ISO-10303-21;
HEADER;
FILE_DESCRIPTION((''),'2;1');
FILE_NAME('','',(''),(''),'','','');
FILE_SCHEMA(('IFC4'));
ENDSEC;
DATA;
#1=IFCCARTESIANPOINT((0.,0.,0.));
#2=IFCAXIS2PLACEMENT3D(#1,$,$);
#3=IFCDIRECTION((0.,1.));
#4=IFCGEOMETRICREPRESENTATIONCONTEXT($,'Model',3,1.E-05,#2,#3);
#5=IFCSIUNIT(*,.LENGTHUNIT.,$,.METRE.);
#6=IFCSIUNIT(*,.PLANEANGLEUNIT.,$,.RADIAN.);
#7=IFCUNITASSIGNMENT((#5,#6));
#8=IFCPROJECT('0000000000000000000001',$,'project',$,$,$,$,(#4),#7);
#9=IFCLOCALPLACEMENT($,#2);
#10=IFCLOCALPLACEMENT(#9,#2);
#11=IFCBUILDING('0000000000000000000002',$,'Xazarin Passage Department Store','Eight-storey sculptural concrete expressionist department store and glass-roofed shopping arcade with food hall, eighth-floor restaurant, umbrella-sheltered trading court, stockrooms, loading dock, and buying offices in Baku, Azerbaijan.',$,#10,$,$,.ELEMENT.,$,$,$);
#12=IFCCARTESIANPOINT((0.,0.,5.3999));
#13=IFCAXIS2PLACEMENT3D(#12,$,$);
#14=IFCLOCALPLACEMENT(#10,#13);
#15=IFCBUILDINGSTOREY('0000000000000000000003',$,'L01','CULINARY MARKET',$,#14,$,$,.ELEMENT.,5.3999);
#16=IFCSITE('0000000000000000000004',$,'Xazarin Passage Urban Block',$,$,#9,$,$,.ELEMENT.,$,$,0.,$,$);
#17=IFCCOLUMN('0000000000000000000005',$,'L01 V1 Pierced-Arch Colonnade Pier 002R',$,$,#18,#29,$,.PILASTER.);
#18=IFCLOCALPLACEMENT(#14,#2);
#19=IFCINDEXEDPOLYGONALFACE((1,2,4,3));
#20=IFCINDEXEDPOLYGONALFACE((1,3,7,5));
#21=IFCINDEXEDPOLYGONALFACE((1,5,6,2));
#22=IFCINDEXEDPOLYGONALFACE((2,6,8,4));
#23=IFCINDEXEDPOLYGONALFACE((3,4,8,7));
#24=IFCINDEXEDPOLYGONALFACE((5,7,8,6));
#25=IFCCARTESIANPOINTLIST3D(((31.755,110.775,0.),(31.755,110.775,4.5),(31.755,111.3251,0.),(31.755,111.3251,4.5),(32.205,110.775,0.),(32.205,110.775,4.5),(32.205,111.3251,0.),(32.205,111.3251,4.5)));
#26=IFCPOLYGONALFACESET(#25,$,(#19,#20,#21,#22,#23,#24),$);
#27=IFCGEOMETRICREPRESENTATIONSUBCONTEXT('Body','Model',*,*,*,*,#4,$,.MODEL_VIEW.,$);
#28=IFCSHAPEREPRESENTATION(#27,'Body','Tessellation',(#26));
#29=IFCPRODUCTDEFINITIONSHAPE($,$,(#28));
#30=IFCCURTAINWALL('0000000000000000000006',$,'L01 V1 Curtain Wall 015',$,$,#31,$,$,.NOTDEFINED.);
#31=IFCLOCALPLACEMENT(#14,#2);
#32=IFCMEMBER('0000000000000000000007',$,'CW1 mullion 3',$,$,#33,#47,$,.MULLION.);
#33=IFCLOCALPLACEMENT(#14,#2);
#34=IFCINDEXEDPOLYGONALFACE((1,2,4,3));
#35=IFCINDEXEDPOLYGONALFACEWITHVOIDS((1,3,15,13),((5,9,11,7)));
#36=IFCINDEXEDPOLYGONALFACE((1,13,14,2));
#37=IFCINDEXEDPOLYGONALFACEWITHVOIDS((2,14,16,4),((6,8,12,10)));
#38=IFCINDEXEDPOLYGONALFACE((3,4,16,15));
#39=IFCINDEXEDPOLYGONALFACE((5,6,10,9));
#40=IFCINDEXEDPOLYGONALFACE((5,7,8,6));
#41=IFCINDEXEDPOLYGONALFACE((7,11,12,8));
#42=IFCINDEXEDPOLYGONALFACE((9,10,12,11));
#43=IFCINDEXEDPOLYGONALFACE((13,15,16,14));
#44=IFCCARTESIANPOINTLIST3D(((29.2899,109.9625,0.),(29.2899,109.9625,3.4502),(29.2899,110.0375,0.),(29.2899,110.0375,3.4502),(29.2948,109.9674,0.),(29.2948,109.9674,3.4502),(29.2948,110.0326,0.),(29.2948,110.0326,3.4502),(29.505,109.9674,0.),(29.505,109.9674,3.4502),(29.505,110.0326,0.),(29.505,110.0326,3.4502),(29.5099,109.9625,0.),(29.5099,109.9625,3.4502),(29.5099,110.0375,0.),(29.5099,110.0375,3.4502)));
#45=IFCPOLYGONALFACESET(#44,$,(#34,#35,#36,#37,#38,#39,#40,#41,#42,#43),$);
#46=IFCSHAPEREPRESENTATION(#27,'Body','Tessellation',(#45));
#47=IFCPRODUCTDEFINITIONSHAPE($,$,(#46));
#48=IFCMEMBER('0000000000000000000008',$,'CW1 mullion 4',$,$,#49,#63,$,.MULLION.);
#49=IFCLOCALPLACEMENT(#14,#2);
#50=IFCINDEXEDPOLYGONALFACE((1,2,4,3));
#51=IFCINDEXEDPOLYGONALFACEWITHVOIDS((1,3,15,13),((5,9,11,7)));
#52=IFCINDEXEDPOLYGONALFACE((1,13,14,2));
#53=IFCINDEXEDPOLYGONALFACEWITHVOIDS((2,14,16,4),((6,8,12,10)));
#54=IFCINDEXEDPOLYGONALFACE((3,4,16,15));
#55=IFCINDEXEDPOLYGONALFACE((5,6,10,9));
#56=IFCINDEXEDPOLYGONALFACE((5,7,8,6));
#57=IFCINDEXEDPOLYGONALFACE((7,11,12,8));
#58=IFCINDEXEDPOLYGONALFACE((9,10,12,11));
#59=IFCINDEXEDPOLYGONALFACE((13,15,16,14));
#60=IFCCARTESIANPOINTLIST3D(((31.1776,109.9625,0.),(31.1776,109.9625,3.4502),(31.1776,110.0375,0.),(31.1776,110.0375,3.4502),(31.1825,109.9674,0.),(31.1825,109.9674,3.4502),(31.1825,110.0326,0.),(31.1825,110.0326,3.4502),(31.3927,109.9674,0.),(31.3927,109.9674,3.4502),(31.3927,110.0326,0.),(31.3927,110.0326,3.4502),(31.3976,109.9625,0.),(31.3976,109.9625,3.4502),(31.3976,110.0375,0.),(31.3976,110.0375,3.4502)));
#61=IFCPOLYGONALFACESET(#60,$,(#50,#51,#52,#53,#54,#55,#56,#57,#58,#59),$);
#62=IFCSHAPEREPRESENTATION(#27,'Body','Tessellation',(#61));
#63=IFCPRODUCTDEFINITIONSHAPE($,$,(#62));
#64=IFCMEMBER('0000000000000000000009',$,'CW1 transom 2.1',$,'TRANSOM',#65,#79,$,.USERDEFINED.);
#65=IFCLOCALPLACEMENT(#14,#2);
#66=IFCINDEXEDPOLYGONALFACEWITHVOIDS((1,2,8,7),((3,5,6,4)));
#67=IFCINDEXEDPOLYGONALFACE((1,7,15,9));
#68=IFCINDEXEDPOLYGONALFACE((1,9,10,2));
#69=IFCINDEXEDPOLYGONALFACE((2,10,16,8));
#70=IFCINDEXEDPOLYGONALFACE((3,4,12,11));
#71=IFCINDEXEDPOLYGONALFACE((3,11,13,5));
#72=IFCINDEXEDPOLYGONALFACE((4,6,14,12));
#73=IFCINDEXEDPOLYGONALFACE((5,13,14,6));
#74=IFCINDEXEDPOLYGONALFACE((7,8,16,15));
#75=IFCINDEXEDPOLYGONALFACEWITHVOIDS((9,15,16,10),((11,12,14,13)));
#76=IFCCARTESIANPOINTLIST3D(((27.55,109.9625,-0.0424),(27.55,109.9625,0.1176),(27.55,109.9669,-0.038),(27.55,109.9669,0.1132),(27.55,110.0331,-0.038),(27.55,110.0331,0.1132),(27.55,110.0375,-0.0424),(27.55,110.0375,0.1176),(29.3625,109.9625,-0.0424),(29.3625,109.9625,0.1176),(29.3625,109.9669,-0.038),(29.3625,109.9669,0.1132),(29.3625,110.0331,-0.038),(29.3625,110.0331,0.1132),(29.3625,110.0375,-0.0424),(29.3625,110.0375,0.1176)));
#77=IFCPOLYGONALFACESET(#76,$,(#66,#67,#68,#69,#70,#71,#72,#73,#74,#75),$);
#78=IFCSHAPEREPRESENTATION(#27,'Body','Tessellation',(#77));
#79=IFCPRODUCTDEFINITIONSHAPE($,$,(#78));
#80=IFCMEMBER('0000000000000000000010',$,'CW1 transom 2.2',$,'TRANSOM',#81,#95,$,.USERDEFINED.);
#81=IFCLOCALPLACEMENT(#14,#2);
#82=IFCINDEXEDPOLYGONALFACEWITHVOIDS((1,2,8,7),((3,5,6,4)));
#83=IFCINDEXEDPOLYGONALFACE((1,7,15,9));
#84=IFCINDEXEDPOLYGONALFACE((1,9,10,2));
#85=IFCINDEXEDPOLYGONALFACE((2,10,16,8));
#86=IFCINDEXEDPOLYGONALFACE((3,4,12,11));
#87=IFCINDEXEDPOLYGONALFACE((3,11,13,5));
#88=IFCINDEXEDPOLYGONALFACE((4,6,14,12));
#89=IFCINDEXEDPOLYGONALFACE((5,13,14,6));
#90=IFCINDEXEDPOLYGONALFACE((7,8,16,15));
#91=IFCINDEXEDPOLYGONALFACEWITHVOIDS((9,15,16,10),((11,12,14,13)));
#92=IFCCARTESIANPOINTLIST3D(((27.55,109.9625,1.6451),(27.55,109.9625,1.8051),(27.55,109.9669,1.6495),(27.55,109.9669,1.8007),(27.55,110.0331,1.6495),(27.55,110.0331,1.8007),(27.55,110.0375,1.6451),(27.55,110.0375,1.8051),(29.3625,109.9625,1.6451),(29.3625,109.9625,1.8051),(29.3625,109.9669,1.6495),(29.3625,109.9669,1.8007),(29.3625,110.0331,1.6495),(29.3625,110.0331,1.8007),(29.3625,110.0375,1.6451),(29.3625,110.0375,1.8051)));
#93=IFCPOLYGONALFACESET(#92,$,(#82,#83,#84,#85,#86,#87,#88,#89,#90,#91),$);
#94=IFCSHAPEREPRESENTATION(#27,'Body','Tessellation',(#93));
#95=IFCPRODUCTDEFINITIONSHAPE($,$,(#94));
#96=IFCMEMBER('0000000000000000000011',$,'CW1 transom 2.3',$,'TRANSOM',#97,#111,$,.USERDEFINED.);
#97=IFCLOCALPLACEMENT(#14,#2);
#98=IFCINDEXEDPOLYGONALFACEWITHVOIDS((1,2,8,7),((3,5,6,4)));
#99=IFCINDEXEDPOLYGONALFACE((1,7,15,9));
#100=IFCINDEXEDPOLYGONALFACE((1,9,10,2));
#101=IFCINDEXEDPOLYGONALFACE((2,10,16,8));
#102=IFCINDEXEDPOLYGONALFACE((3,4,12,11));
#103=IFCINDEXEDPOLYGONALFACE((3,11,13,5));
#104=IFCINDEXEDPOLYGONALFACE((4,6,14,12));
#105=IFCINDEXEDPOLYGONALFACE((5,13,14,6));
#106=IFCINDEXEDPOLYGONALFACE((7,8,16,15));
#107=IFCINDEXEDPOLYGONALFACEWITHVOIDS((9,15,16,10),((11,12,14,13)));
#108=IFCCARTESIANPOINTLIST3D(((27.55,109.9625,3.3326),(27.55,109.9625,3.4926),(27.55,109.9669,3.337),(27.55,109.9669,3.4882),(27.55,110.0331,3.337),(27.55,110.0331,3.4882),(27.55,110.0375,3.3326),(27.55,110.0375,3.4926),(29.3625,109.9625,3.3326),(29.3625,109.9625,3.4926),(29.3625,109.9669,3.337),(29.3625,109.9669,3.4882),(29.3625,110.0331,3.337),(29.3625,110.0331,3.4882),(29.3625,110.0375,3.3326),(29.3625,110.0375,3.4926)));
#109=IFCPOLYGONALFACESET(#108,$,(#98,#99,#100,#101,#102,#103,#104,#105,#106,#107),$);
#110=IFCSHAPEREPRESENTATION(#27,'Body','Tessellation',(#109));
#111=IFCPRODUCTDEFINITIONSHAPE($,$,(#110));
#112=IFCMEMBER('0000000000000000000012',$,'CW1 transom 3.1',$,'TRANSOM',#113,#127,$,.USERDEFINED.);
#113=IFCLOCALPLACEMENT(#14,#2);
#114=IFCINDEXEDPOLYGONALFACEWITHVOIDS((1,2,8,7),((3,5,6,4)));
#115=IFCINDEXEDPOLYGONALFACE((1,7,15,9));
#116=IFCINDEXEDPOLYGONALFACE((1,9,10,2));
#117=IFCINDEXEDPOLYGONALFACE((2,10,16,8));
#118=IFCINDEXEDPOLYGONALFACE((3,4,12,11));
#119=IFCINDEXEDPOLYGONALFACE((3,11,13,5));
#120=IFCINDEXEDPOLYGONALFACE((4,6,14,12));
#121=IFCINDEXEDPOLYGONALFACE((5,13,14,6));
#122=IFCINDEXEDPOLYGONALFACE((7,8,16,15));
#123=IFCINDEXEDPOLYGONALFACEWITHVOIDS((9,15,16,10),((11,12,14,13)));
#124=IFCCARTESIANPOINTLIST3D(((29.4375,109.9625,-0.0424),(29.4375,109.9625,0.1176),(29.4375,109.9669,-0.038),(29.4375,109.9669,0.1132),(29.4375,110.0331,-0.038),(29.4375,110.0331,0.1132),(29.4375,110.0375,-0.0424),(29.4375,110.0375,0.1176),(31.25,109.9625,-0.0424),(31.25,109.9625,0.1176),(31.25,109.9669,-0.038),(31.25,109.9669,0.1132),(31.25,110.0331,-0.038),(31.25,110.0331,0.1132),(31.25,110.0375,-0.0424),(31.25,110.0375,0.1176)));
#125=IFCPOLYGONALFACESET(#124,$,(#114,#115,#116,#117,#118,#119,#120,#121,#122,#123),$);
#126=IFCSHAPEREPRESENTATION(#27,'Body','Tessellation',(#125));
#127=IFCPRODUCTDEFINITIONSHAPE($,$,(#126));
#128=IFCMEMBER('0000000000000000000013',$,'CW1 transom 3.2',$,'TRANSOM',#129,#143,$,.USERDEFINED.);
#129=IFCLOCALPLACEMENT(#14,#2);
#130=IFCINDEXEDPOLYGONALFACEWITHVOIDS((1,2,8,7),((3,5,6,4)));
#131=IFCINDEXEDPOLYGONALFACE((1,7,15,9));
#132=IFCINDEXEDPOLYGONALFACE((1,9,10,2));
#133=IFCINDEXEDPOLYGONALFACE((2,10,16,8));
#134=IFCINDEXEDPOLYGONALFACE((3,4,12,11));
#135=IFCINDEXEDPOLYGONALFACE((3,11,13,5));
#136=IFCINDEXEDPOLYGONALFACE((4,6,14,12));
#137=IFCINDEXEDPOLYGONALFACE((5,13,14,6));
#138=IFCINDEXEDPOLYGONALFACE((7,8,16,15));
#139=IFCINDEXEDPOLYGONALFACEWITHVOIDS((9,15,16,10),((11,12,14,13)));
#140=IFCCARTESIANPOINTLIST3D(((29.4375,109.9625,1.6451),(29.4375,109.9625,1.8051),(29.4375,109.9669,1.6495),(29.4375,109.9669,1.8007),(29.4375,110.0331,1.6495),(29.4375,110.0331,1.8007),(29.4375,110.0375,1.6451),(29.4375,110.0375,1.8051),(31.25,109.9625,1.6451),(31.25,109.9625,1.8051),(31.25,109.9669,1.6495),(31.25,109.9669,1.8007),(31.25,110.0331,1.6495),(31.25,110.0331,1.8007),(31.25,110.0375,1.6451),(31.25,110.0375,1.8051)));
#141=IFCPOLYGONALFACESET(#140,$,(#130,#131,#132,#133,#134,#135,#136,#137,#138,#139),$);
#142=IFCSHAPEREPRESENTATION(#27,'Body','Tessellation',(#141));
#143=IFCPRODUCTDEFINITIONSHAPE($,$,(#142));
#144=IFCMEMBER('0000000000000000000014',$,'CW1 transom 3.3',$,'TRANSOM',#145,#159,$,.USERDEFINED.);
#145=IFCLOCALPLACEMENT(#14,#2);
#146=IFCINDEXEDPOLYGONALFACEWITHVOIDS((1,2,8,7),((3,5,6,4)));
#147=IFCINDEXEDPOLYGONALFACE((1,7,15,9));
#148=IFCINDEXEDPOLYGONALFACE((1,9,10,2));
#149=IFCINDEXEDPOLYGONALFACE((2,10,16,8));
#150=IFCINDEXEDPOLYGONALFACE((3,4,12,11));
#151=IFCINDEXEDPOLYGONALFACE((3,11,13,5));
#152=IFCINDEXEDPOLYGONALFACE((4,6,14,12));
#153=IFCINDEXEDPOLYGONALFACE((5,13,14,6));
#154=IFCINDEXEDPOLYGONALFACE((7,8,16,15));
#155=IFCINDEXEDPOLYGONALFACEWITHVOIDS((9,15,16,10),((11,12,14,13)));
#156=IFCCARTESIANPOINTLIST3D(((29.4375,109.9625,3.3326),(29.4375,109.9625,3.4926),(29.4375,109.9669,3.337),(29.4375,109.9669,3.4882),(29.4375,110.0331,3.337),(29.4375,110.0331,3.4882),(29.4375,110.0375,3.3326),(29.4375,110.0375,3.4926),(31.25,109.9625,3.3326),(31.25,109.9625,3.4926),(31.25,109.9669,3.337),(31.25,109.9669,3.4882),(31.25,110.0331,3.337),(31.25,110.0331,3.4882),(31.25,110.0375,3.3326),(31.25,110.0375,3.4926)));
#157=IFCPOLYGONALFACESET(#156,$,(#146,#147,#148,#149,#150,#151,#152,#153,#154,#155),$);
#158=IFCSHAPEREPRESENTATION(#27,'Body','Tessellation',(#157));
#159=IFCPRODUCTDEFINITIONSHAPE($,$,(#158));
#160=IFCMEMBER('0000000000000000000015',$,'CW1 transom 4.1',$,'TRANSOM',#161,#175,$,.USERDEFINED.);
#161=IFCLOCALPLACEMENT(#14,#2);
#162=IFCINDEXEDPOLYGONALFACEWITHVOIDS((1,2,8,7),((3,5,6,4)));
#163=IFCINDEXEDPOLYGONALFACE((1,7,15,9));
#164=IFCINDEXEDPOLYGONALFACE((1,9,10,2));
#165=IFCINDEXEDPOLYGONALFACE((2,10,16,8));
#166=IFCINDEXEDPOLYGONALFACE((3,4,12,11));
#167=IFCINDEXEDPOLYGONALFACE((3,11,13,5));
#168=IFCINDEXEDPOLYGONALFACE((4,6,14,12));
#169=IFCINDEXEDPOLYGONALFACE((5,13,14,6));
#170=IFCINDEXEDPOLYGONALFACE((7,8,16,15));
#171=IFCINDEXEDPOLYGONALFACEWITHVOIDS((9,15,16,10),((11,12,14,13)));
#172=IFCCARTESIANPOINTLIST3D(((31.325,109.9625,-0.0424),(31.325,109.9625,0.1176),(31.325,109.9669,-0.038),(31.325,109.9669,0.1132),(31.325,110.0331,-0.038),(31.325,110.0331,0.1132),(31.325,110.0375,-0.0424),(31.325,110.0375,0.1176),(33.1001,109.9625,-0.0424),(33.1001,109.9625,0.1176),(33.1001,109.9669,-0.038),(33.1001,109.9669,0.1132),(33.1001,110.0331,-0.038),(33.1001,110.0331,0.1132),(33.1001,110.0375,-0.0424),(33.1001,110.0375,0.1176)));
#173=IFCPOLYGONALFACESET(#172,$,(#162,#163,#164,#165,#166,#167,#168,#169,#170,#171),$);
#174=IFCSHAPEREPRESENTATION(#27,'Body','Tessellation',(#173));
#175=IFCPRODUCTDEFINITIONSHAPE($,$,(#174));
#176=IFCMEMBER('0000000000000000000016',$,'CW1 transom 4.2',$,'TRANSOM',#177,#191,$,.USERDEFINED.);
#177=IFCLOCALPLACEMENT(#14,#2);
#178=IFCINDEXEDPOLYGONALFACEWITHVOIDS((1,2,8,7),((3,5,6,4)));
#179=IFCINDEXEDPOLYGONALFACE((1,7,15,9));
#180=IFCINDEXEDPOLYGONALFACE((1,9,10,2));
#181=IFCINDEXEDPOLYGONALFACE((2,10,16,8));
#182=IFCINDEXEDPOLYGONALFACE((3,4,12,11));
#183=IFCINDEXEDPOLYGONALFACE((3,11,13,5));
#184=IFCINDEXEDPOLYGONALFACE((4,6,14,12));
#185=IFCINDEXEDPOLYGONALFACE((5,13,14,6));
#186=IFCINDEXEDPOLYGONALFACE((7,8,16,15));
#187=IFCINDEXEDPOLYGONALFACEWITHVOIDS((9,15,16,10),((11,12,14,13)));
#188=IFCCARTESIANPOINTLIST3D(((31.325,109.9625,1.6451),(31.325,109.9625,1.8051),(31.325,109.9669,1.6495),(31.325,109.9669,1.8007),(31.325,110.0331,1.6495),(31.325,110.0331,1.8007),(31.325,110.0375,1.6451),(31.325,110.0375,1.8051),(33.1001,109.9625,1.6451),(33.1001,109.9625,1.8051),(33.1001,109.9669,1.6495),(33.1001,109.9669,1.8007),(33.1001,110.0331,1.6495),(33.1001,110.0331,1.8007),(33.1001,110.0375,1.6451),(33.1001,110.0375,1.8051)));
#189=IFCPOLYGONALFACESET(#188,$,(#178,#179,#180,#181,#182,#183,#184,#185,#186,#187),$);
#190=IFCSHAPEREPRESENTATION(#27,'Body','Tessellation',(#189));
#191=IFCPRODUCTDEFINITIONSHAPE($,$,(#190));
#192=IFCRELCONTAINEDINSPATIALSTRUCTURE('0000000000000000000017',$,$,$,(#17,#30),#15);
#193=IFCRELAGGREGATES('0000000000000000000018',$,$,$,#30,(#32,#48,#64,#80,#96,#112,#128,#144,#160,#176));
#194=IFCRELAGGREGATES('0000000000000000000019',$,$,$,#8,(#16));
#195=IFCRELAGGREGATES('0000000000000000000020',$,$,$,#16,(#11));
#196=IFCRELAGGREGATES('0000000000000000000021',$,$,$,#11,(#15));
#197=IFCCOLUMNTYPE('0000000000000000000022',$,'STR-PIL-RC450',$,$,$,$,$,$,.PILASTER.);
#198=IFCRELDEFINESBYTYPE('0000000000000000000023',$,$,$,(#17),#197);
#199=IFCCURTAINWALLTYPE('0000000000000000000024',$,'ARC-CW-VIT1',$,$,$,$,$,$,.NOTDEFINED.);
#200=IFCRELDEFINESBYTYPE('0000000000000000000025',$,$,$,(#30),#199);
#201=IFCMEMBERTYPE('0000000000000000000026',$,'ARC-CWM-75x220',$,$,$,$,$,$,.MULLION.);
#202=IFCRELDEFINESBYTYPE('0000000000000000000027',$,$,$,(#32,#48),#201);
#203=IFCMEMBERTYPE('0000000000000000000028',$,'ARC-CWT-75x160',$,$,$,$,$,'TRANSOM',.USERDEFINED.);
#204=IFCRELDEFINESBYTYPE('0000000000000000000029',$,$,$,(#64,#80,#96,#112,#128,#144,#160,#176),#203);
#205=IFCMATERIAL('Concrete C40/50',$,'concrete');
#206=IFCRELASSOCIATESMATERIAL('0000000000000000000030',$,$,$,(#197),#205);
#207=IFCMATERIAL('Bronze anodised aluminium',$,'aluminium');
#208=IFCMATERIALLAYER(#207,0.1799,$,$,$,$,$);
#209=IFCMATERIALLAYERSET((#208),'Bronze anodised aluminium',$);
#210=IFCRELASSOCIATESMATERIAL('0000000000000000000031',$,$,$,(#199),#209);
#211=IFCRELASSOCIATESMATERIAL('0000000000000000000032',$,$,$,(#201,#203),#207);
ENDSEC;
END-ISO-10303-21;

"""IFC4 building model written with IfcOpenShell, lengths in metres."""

from ifc_helpers import new_model, si_unit, direction, frame, origin, origin_2d, place, context, subcontext, project, spatial, rectangle, hollow_rectangle, extrude, material, layer, layer_set, material_profile, profile_set, type_object, element, aggregate, save


model = new_model("IFC4")

# Units and contexts
model_context = context("Model", 3, precision=1e-05, world=origin(), true_north=direction((0.0, 1.0)))
body_context = subcontext(model_context, "Body", "Model", "MODEL_VIEW")
ifc_project = project(units=[si_unit("LENGTHUNIT", "METRE"), si_unit("PLANEANGLEUNIT", "RADIAN")], contexts=[model_context])

# Site, building, storey
site_placement = place(None, origin())
site = spatial("IfcSite", under=ifc_project, at=site_placement, Name="Xazarin Passage Urban Block", CompositionType="ELEMENT", RefElevation=0.0)
building_placement = place(site_placement, origin())
building = spatial("IfcBuilding", under=site, at=building_placement, Name="Xazarin Passage Department Store", Description="Eight-storey sculptural concrete expressionist department store and glass-roofed shopping arcade with food hall, eighth-floor restaurant, umbrella-sheltered trading court, stockrooms, loading dock, and buying offices in Baku, Azerbaijan.", CompositionType="ELEMENT")
storey_placement = place(building_placement, frame((0.0, 0.0, 5.3999)))
storey = spatial("IfcBuildingStorey", under=building, at=storey_placement, Name="L01", Description="CULINARY MARKET", CompositionType="ELEMENT", Elevation=5.3999)

# Column
ifc_material_1 = material(Name="Concrete C40/50", Category="concrete")
ifc_material_profile_1 = material_profile(ifc_material_1, rectangle(XDim=0.45, YDim=0.55, at=origin_2d()), Name="RC 450x550")
ifc_profile_set_1 = profile_set([ifc_material_profile_1], Name="Concrete C40/50")
column_type = type_object("IfcColumnType", Name="STR-PIL-RC450", PredefinedType="PILASTER", material=ifc_profile_set_1)
column_placement = place(storey_placement, frame((31.98, 111.05, 0.0), z_axis=(0.0, 0.0, 1.0), x_axis=(1.0, 0.0, 0.0)))
element("IfcColumn", 1, at=column_placement, inside=storey, type_object=column_type, Name="L01 V1 Pierced-Arch Colonnade Pier 002R", PredefinedType="PILASTER", context=body_context, shape_type="SweptSolid", body=[
    extrude(rectangle(XDim=0.45, YDim=0.55, at=origin_2d()), origin(), (0.0, 0.0, 1.0), 4.5),
])

# Curtain wall, members
ifc_material_2 = material(Name="Bronze anodised aluminium", Category="aluminium")
ifc_layer_1 = layer(ifc_material_2, 0.1799)
ifc_layer_set_1 = layer_set([ifc_layer_1], Name="Bronze anodised aluminium")
curtain_wall_type = type_object("IfcCurtainWallType", Name="ARC-CW-VIT1", PredefinedType="NOTDEFINED", material=ifc_layer_set_1)
curtain_wall_placement = place(storey_placement, origin())
curtain_wall = element("IfcCurtainWall", 2, at=curtain_wall_placement, inside=storey, type_object=curtain_wall_type, Name="L01 V1 Curtain Wall 015", PredefinedType="NOTDEFINED")
ifc_material_profile_2 = material_profile(ifc_material_2, hollow_rectangle(XDim=0.075, YDim=0.22, WallThickness=0.0049, at=origin_2d()), Name="ALU 75x220")
ifc_profile_set_2 = profile_set([ifc_material_profile_2], Name="Bronze anodised aluminium")
member_type_1 = type_object("IfcMemberType", Name="ARC-CWM-75x220", PredefinedType="MULLION", material=ifc_profile_set_2)
member_1_placement = place(storey_placement, frame((29.3999, 110.0, 0.0), z_axis=(0.0, 0.0, 1.0), x_axis=(0.0, 1.0, 0.0)))
member_1 = element("IfcMember", 3, at=member_1_placement, type_object=member_type_1, Name="CW1 mullion 3", PredefinedType="MULLION", context=body_context, shape_type="SweptSolid", body=[
    extrude(hollow_rectangle(XDim=0.075, YDim=0.22, WallThickness=0.0049, at=origin_2d()), origin(), (0.0, 0.0, 1.0), 3.4502),
])
member_2_placement = place(storey_placement, frame((31.2876, 110.0, 0.0), z_axis=(0.0, 0.0, 1.0), x_axis=(0.0, 1.0, 0.0)))
member_2 = element("IfcMember", 4, at=member_2_placement, type_object=member_type_1, Name="CW1 mullion 4", PredefinedType="MULLION", context=body_context, shape_type="SweptSolid", body=[
    extrude(hollow_rectangle(XDim=0.075, YDim=0.22, WallThickness=0.0049, at=origin_2d()), origin(), (0.0, 0.0, 1.0), 3.4502),
])
ifc_material_profile_3 = material_profile(ifc_material_2, hollow_rectangle(XDim=0.075, YDim=0.1599, WallThickness=0.0044, at=origin_2d()), Name="ALU 75x160")
ifc_profile_set_3 = profile_set([ifc_material_profile_3], Name="Bronze anodised aluminium")
member_type_2 = type_object("IfcMemberType", Name="ARC-CWT-75x160", ElementType="TRANSOM", PredefinedType="USERDEFINED", material=ifc_profile_set_3)
member_3_placement = place(storey_placement, frame((27.55, 110.0, 0.0376), z_axis=(1.0, 0.0, 0.0), x_axis=(0.0, 1.0, 0.0)))
member_3 = element("IfcMember", 5, at=member_3_placement, type_object=member_type_2, Name="CW1 transom 2.1", ObjectType="TRANSOM", PredefinedType="USERDEFINED", context=body_context, shape_type="SweptSolid", body=[
    extrude(hollow_rectangle(XDim=0.075, YDim=0.1599, WallThickness=0.0044, at=origin_2d()), origin(), (0.0, 0.0, 1.0), 1.8125),
])
member_4_placement = place(storey_placement, frame((27.55, 110.0, 1.7251), z_axis=(1.0, 0.0, 0.0), x_axis=(0.0, 1.0, 0.0)))
member_4 = element("IfcMember", 6, at=member_4_placement, type_object=member_type_2, Name="CW1 transom 2.2", ObjectType="TRANSOM", PredefinedType="USERDEFINED", context=body_context, shape_type="SweptSolid", body=[
    extrude(hollow_rectangle(XDim=0.075, YDim=0.1599, WallThickness=0.0044, at=origin_2d()), origin(), (0.0, 0.0, 1.0), 1.8125),
])
member_5_placement = place(storey_placement, frame((27.55, 110.0, 3.4126), z_axis=(1.0, 0.0, 0.0), x_axis=(0.0, 1.0, 0.0)))
member_5 = element("IfcMember", 7, at=member_5_placement, type_object=member_type_2, Name="CW1 transom 2.3", ObjectType="TRANSOM", PredefinedType="USERDEFINED", context=body_context, shape_type="SweptSolid", body=[
    extrude(hollow_rectangle(XDim=0.075, YDim=0.1599, WallThickness=0.0044, at=origin_2d()), origin(), (0.0, 0.0, 1.0), 1.8125),
])
member_6_placement = place(storey_placement, frame((29.4375, 110.0, 0.0376), z_axis=(1.0, 0.0, 0.0), x_axis=(0.0, 1.0, 0.0)))
member_6 = element("IfcMember", 8, at=member_6_placement, type_object=member_type_2, Name="CW1 transom 3.1", ObjectType="TRANSOM", PredefinedType="USERDEFINED", context=body_context, shape_type="SweptSolid", body=[
    extrude(hollow_rectangle(XDim=0.075, YDim=0.1599, WallThickness=0.0044, at=origin_2d()), origin(), (0.0, 0.0, 1.0), 1.8125),
])
member_7_placement = place(storey_placement, frame((29.4375, 110.0, 1.7251), z_axis=(1.0, 0.0, 0.0), x_axis=(0.0, 1.0, 0.0)))
member_7 = element("IfcMember", 9, at=member_7_placement, type_object=member_type_2, Name="CW1 transom 3.2", ObjectType="TRANSOM", PredefinedType="USERDEFINED", context=body_context, shape_type="SweptSolid", body=[
    extrude(hollow_rectangle(XDim=0.075, YDim=0.1599, WallThickness=0.0044, at=origin_2d()), origin(), (0.0, 0.0, 1.0), 1.8125),
])
member_8_placement = place(storey_placement, frame((29.4375, 110.0, 3.4126), z_axis=(1.0, 0.0, 0.0), x_axis=(0.0, 1.0, 0.0)))
member_8 = element("IfcMember", 10, at=member_8_placement, type_object=member_type_2, Name="CW1 transom 3.3", ObjectType="TRANSOM", PredefinedType="USERDEFINED", context=body_context, shape_type="SweptSolid", body=[
    extrude(hollow_rectangle(XDim=0.075, YDim=0.1599, WallThickness=0.0044, at=origin_2d()), origin(), (0.0, 0.0, 1.0), 1.8125),
])
member_9_placement = place(storey_placement, frame((31.325, 110.0, 0.0376), z_axis=(1.0, 0.0, 0.0), x_axis=(0.0, 1.0, 0.0)))
member_9 = element("IfcMember", 11, at=member_9_placement, type_object=member_type_2, Name="CW1 transom 4.1", ObjectType="TRANSOM", PredefinedType="USERDEFINED", context=body_context, shape_type="SweptSolid", body=[
    extrude(hollow_rectangle(XDim=0.075, YDim=0.1599, WallThickness=0.0044, at=origin_2d()), origin(), (0.0, 0.0, 1.0), 1.7751),
])
member_10_placement = place(storey_placement, frame((31.325, 110.0, 1.7251), z_axis=(1.0, 0.0, 0.0), x_axis=(0.0, 1.0, 0.0)))
member_10 = element("IfcMember", 12, at=member_10_placement, type_object=member_type_2, Name="CW1 transom 4.2", ObjectType="TRANSOM", PredefinedType="USERDEFINED", context=body_context, shape_type="SweptSolid", body=[
    extrude(hollow_rectangle(XDim=0.075, YDim=0.1599, WallThickness=0.0044, at=origin_2d()), origin(), (0.0, 0.0, 1.0), 1.7751),
])

aggregate(curtain_wall, [member_1, member_2, member_3, member_4, member_5, member_6, member_7, member_8, member_9, member_10])

save(model, "model.ifc")
